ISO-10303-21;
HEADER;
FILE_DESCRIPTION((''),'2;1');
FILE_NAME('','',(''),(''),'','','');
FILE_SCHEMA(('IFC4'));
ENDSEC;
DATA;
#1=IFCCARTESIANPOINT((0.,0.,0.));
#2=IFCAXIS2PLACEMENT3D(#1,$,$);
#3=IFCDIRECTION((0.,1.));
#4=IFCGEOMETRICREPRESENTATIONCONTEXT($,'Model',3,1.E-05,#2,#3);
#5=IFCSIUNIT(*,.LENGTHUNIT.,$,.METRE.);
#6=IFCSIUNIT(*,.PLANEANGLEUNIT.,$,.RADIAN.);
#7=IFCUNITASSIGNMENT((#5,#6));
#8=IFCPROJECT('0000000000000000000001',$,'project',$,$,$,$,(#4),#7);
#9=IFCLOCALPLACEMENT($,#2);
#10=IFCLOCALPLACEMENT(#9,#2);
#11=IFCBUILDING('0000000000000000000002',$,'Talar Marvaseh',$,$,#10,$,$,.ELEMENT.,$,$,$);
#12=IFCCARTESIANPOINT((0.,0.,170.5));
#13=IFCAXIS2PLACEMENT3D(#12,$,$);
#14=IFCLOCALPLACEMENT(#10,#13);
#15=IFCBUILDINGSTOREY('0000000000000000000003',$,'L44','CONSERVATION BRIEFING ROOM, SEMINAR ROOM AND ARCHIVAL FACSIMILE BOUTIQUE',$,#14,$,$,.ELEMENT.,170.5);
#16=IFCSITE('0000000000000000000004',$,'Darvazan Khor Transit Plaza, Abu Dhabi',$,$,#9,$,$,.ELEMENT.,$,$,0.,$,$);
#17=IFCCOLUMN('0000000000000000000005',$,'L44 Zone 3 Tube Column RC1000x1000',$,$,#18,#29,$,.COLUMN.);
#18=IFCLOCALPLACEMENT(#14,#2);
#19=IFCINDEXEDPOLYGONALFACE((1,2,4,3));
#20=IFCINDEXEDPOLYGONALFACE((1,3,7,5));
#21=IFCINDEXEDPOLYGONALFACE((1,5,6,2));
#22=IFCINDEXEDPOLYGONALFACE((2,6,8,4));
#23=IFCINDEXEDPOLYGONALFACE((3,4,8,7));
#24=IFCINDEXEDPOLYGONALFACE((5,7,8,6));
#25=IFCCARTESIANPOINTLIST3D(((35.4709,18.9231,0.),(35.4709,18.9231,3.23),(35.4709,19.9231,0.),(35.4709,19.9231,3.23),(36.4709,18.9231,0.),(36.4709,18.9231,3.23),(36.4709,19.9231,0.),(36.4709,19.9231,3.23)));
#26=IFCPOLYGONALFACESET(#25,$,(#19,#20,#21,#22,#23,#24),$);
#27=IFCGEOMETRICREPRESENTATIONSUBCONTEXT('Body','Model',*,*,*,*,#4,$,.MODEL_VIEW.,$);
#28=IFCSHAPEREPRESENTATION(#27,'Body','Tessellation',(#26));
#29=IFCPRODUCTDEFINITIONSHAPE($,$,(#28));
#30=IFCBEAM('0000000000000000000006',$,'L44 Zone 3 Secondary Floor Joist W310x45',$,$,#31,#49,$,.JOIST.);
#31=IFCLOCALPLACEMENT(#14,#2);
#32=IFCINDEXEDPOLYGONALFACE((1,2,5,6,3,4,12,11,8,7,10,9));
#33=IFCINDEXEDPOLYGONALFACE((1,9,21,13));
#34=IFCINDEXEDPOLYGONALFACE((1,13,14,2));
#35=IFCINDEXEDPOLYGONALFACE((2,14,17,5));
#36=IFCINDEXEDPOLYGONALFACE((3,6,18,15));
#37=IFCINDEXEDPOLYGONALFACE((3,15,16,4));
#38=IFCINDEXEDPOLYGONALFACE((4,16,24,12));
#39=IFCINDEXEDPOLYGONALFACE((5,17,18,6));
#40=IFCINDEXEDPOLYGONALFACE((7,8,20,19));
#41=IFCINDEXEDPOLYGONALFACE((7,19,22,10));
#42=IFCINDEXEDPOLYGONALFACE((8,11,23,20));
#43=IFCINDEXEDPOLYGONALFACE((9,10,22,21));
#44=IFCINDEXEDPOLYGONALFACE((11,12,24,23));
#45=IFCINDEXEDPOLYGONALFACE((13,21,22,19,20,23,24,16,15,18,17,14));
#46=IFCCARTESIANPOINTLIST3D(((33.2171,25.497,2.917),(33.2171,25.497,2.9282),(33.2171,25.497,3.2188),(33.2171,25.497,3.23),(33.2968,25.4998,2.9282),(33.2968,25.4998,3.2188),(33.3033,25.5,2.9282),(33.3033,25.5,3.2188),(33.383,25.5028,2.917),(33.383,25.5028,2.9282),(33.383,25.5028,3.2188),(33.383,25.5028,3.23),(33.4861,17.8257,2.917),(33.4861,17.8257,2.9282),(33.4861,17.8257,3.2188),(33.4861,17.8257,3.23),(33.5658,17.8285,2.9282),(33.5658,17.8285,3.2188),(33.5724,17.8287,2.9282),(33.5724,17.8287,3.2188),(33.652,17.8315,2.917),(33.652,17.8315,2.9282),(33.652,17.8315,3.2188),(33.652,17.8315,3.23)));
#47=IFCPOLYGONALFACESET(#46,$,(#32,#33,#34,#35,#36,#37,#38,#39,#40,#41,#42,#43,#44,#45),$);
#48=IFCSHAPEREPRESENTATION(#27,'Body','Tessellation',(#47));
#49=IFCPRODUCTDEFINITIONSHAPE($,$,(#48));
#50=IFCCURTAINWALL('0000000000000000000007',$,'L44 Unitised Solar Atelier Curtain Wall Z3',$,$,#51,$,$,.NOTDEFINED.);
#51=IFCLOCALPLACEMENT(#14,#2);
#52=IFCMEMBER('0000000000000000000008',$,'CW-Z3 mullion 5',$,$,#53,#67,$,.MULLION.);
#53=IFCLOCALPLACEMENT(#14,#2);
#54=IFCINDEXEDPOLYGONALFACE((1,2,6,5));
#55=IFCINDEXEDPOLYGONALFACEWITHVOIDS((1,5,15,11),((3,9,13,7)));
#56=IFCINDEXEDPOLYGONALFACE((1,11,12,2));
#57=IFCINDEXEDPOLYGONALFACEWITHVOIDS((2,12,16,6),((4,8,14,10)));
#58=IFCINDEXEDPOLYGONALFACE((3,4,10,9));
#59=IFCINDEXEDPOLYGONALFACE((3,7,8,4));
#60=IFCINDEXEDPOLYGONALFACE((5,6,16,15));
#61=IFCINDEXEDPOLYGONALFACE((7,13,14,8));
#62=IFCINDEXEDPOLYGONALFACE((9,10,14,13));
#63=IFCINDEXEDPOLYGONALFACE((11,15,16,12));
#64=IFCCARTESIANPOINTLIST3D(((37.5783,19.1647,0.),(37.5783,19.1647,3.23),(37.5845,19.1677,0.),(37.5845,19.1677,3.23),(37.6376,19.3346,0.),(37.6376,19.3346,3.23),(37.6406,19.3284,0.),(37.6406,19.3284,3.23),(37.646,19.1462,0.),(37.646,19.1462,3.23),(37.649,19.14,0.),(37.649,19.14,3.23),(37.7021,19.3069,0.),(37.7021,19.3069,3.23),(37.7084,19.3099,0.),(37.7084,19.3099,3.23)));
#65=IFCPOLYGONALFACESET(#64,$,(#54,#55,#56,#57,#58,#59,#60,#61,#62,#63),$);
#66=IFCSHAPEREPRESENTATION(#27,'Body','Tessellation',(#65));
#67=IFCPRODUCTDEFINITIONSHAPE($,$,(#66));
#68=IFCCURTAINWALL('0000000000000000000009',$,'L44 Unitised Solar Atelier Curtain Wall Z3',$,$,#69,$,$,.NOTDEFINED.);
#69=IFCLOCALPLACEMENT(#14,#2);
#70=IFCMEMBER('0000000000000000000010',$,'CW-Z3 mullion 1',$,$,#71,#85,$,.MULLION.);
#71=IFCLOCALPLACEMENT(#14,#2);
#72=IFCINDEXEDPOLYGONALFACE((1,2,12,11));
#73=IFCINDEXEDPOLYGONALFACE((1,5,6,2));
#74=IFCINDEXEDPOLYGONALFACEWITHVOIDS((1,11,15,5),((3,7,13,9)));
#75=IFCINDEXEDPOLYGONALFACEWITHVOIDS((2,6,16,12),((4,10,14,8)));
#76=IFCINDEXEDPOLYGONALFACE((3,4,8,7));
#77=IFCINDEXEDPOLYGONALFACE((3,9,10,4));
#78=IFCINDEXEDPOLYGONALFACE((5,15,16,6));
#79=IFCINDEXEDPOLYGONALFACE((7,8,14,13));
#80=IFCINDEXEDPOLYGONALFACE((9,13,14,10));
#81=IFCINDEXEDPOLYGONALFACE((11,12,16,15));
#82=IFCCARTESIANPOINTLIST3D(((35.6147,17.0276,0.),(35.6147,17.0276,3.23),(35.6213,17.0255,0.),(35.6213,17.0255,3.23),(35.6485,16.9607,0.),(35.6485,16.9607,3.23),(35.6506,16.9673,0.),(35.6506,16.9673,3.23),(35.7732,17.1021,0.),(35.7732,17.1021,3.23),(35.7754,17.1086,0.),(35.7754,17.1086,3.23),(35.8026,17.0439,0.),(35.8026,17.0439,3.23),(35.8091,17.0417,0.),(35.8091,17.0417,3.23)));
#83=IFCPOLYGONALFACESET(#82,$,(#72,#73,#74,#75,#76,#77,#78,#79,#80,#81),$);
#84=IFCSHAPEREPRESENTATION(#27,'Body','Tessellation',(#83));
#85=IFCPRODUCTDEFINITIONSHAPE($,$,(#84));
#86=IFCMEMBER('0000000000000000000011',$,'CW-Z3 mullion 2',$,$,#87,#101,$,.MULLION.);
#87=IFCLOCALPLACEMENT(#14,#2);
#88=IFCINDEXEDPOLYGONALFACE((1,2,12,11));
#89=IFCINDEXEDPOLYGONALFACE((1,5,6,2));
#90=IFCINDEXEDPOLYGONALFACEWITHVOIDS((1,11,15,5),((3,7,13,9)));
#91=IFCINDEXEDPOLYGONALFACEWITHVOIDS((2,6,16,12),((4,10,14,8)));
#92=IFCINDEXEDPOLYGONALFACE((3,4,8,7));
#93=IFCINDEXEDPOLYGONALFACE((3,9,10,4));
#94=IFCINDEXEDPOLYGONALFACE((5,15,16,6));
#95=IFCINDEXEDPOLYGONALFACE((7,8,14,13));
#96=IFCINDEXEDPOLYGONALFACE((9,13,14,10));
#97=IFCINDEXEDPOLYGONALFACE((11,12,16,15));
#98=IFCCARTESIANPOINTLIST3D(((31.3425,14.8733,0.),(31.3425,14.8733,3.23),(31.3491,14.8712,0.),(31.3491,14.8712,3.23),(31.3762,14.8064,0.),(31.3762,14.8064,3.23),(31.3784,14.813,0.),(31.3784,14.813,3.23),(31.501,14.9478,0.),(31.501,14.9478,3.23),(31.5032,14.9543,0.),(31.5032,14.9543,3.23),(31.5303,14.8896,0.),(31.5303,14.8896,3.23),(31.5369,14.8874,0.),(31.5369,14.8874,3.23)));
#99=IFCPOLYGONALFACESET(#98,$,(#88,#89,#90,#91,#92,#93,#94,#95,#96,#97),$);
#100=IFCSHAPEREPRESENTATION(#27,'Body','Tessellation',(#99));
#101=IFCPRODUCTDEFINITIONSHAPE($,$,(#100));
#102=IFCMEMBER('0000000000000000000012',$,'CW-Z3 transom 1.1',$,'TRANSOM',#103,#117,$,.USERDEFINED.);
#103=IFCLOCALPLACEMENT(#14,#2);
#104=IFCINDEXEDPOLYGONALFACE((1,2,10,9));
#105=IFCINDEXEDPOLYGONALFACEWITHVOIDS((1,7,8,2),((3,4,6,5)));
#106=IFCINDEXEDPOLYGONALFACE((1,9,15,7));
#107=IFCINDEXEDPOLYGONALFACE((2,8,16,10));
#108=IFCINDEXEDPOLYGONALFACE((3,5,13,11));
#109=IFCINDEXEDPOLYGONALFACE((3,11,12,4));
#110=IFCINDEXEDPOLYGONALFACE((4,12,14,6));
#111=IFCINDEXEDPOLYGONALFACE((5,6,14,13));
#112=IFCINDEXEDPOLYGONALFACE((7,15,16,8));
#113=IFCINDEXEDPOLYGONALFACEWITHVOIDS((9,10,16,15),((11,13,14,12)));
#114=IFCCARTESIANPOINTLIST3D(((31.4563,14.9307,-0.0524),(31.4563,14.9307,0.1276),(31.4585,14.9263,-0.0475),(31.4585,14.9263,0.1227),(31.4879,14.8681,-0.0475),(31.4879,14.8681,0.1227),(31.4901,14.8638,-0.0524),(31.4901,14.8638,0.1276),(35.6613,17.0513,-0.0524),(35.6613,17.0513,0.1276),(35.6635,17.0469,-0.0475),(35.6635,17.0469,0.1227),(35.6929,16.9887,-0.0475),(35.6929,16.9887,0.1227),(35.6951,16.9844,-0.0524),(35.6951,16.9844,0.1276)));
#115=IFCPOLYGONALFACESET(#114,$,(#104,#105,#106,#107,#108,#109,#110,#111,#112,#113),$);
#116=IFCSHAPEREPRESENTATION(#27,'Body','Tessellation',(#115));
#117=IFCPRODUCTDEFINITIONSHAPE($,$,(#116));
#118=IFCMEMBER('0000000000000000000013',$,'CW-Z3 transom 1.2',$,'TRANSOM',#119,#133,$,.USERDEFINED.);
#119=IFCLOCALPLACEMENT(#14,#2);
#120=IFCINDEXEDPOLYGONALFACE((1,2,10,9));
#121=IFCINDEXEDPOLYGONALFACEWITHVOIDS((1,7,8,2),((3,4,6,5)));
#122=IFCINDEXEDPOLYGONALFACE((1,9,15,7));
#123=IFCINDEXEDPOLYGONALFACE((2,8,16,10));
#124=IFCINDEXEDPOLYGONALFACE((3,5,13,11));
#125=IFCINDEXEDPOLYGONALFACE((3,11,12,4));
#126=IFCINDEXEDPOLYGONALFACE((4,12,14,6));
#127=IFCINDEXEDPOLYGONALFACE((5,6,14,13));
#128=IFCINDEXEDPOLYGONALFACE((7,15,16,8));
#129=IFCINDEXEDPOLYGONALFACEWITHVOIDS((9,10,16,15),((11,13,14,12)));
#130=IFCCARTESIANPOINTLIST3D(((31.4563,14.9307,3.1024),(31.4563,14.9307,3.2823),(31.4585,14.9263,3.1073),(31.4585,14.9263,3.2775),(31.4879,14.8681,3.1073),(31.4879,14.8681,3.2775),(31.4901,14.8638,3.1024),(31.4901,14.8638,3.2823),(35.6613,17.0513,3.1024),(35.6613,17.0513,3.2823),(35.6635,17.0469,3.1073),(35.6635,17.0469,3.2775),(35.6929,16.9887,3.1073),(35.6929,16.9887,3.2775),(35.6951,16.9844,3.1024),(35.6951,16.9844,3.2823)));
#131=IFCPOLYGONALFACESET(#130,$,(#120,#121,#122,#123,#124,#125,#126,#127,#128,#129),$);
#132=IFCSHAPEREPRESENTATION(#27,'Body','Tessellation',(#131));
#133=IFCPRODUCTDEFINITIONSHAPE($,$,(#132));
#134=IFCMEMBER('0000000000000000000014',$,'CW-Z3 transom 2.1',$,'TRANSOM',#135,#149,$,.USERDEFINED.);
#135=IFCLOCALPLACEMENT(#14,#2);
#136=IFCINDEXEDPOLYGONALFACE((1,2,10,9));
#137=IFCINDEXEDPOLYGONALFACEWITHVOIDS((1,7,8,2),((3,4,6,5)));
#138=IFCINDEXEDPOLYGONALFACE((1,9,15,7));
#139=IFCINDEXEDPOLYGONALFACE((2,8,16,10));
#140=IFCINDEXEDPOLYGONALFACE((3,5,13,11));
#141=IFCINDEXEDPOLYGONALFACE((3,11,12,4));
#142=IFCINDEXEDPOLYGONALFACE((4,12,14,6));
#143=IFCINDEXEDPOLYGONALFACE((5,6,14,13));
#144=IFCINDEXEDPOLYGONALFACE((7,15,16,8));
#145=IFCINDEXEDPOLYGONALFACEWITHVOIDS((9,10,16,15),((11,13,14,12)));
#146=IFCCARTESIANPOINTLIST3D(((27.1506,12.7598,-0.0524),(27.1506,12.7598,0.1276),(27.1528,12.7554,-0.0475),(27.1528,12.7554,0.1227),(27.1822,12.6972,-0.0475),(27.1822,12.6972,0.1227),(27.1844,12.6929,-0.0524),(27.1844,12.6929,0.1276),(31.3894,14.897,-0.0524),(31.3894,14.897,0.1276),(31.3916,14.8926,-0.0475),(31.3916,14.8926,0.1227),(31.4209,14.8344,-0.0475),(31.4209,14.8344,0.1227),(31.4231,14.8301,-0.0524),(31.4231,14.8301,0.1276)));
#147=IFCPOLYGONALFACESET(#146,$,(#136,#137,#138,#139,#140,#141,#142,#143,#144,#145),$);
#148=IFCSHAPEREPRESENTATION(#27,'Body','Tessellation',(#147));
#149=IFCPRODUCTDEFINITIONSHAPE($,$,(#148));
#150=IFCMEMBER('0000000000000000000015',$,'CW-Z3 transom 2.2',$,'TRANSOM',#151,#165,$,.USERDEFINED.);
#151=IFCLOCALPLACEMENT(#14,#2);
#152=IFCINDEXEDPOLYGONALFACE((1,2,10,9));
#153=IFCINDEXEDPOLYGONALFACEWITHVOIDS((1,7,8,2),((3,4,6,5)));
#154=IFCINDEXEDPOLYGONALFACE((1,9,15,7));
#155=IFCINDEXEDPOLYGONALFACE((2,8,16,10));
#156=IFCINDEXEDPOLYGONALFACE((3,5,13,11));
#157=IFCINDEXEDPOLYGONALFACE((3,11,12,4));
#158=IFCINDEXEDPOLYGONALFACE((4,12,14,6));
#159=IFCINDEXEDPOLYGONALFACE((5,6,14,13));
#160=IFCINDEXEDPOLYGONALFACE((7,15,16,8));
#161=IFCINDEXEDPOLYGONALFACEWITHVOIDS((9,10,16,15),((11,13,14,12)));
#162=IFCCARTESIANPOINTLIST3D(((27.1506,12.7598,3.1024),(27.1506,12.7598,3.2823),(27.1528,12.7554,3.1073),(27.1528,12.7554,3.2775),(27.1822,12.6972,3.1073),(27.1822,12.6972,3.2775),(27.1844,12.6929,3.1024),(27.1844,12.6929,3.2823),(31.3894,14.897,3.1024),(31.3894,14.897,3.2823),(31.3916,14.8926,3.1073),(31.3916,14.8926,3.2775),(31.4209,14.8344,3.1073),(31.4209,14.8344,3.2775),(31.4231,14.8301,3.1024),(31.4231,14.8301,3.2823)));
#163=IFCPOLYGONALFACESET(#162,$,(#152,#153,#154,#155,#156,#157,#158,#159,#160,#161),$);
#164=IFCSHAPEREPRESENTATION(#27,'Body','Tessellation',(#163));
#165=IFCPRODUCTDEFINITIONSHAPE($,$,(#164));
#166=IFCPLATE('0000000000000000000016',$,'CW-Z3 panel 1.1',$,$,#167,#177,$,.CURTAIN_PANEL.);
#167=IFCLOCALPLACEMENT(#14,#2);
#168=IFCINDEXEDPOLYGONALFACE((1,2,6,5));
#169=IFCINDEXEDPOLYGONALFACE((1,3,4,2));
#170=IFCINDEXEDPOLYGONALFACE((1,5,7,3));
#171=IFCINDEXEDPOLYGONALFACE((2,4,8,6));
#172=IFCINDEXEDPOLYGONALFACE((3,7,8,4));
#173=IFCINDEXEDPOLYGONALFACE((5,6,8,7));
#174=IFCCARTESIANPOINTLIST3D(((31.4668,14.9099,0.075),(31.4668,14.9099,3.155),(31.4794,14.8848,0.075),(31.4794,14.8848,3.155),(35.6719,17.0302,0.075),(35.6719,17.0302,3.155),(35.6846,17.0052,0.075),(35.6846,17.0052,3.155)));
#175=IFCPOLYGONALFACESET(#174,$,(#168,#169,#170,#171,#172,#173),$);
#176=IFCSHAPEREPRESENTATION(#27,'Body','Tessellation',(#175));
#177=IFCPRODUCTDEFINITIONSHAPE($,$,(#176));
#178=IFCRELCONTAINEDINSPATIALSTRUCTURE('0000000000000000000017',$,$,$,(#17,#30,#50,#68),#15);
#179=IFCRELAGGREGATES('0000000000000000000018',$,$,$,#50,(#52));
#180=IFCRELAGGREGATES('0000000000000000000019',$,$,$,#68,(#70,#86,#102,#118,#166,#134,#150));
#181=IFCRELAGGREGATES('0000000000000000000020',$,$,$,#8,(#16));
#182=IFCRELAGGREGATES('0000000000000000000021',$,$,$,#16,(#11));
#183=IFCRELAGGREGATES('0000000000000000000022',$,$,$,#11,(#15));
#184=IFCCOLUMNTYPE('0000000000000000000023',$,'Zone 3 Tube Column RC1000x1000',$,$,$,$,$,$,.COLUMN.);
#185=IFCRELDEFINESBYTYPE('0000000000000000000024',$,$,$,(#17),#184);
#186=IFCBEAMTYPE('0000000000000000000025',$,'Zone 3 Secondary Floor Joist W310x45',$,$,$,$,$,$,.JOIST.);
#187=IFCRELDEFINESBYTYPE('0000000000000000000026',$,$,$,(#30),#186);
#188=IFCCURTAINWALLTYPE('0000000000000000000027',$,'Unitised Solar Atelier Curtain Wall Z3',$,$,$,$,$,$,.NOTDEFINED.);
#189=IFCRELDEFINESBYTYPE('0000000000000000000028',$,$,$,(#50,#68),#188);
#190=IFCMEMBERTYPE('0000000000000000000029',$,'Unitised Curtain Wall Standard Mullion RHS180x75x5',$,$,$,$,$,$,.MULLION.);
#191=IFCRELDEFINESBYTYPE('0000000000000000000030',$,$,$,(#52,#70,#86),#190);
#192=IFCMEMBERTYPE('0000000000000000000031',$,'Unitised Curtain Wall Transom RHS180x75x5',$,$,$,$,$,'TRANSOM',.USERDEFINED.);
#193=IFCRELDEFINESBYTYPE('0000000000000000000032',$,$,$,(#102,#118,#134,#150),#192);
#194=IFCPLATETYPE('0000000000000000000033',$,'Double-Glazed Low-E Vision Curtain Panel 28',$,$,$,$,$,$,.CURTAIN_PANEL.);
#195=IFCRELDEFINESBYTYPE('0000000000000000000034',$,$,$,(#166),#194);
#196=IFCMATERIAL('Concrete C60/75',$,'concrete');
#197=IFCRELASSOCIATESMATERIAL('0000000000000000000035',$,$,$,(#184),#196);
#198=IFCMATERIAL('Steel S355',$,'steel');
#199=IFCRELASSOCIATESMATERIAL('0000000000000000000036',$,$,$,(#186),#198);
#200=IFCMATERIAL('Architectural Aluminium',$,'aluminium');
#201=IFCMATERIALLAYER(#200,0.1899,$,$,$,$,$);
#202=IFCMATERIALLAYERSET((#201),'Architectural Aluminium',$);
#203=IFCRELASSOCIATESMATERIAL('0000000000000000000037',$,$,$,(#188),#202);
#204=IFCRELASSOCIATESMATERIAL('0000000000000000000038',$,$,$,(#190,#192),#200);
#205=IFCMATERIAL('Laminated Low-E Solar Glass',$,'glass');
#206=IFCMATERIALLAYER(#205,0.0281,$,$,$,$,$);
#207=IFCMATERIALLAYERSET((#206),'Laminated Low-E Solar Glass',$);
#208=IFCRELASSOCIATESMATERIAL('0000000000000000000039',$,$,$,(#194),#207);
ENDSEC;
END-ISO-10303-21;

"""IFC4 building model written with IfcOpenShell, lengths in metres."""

from ifc_helpers import new_model, si_unit, direction, frame, origin, origin_2d, place, context, subcontext, project, spatial, rectangle, hollow_rectangle, i_section, extrude, source, transform, mapped, material, layer, layer_set, material_profile, profile_set, type_object, type_shapes, element, aggregate, save


model = new_model("IFC4")

# Units and contexts
model_context = context("Model", 3, precision=1e-05, world=origin(), true_north=direction((0.0, 1.0)))
body_context = subcontext(model_context, "Body", "Model", "MODEL_VIEW")
ifc_project = project(units=[si_unit("LENGTHUNIT", "METRE"), si_unit("PLANEANGLEUNIT", "RADIAN")], contexts=[model_context])

# Site, building, storey
site_placement = place(None, origin())
site = spatial("IfcSite", under=ifc_project, at=site_placement, Name="Darvazan Khor Transit Plaza, Abu Dhabi", CompositionType="ELEMENT", RefElevation=0.0)
building_placement = place(site_placement, origin())
building = spatial("IfcBuilding", under=site, at=building_placement, Name="Talar Marvaseh", CompositionType="ELEMENT")
storey_placement = place(building_placement, frame((0.0, 0.0, 170.5)))
storey = spatial("IfcBuildingStorey", under=building, at=storey_placement, Name="L44", Description="CONSERVATION BRIEFING ROOM, SEMINAR ROOM AND ARCHIVAL FACSIMILE BOUTIQUE", CompositionType="ELEMENT", Elevation=170.5)

# Column
ifc_material_1 = material(Name="Concrete C60/75", Category="concrete")
ifc_material_profile_1 = material_profile(ifc_material_1, rectangle(XDim=1.0, YDim=1.0, at=origin_2d()), Name="RC1000x1000")
ifc_profile_set_1 = profile_set([ifc_material_profile_1], Name="Concrete C60/75")
column_type = type_object("IfcColumnType", Name="Zone 3 Tube Column RC1000x1000", PredefinedType="COLUMN", material=ifc_profile_set_1)
column_placement = place(storey_placement, frame((35.9709, 19.4231, 0.0), z_axis=(0.0, 0.0, 1.0), x_axis=(1.0, 0.0, 0.0)))
element("IfcColumn", 1, at=column_placement, inside=storey, type_object=column_type, Name="L44 Zone 3 Tube Column RC1000x1000", PredefinedType="COLUMN", context=body_context, shape_type="SweptSolid", body=[
    extrude(rectangle(XDim=1.0, YDim=1.0, at=origin_2d()), origin(), (0.0, 0.0, 1.0), 3.23),
])

# Beam
ifc_material_2 = material(Name="Steel S355", Category="steel")
ifc_material_profile_2 = material_profile(ifc_material_2, i_section(OverallWidth=0.166, OverallDepth=0.313, WebThickness=0.0066, FlangeThickness=0.0112, at=origin_2d()), Name="W310x45")
ifc_profile_set_2 = profile_set([ifc_material_profile_2], Name="Steel S355")
beam_type = type_object("IfcBeamType", Name="Zone 3 Secondary Floor Joist W310x45", PredefinedType="JOIST", material=ifc_profile_set_2)
beam_placement = place(storey_placement, frame((33.5691, 17.8286, 3.0735), z_axis=(-0.035049, 0.999386, 0.0), x_axis=(-0.999386, -0.035049, 0.0)))
element("IfcBeam", 2, at=beam_placement, inside=storey, type_object=beam_type, Name="L44 Zone 3 Secondary Floor Joist W310x45", PredefinedType="JOIST", context=body_context, shape_type="SweptSolid", body=[
    extrude(i_section(OverallWidth=0.166, OverallDepth=0.313, WebThickness=0.0066, FlangeThickness=0.0112, at=origin_2d()), origin(), (0.0, 0.0, 1.0), 7.676),
])

# Curtain wall, member
ifc_material_3 = material(Name="Architectural Aluminium", Category="aluminium")
ifc_layer_1 = layer(ifc_material_3, 0.1899)
ifc_layer_set_1 = layer_set([ifc_layer_1], Name="Architectural Aluminium")
curtain_wall_type = type_object("IfcCurtainWallType", Name="Unitised Solar Atelier Curtain Wall Z3", PredefinedType="NOTDEFINED", material=ifc_layer_set_1)
curtain_wall_1_placement = place(storey_placement, origin())
curtain_wall_1 = element("IfcCurtainWall", 3, at=curtain_wall_1_placement, inside=storey, type_object=curtain_wall_type, Name="L44 Unitised Solar Atelier Curtain Wall Z3", PredefinedType="NOTDEFINED")
ifc_material_profile_3 = material_profile(ifc_material_3, hollow_rectangle(XDim=0.075, YDim=0.1799, WallThickness=0.0049, at=origin_2d()), Name="RHS180x75x5")
ifc_profile_set_3 = profile_set([ifc_material_profile_3], Name="Architectural Aluminium")
member_type_1 = type_object("IfcMemberType", Name="Unitised Curtain Wall Standard Mullion RHS180x75x5", PredefinedType="MULLION", material=ifc_profile_set_3)
shared_shape_1 = source(origin(), body_context, "Body", "SweptSolid", [
    extrude(hollow_rectangle(XDim=0.075, YDim=0.1799, WallThickness=0.0049, at=origin_2d()), origin(), (0.0, 0.0, 1.0), 3.23),
])
type_shapes(member_type_1, [shared_shape_1])
member_1_placement = place(storey_placement, frame((37.6433, 19.2373, 0.0), z_axis=(0.0, 0.0, 1.0), x_axis=(0.944037, -0.329839, 0.0)))
member_1 = element("IfcMember", 4, at=member_1_placement, type_object=member_type_1, Name="CW-Z3 mullion 5", PredefinedType="MULLION", context=body_context, shape_type="MappedRepresentation", body=[
    mapped(shared_shape_1, transform((0.0, 0.0, 0.0), x_axis=(1.0, 0.0, 0.0), y_axis=(0.0, 1.0, 0.0), z_axis=(0.0, 0.0, 1.0), scale=1.0)),
])
aggregate(curtain_wall_1, [member_1])

# Curtain wall, members, plate
curtain_wall_2_placement = place(storey_placement, origin())
curtain_wall_2 = element("IfcCurtainWall", 5, at=curtain_wall_2_placement, inside=storey, type_object=curtain_wall_type, Name="L44 Unitised Solar Atelier Curtain Wall Z3", PredefinedType="NOTDEFINED")
member_2_placement = place(storey_placement, frame((35.7119, 17.0347, 0.0), z_axis=(0.0, 0.0, 1.0), x_axis=(0.450235, -0.89291, 0.0)))
member_2 = element("IfcMember", 6, at=member_2_placement, type_object=member_type_1, Name="CW-Z3 mullion 1", PredefinedType="MULLION", context=body_context, shape_type="MappedRepresentation", body=[
    mapped(shared_shape_1, transform((0.0, 0.0, 0.0), x_axis=(1.0, 0.0, 0.0), y_axis=(0.0, 1.0, 0.0), z_axis=(0.0, 0.0, 1.0), scale=1.0)),
])
member_3_placement = place(storey_placement, frame((31.4397, 14.8804, 0.0), z_axis=(0.0, 0.0, 1.0), x_axis=(0.450235, -0.89291, 0.0)))
member_3 = element("IfcMember", 7, at=member_3_placement, type_object=member_type_1, Name="CW-Z3 mullion 2", PredefinedType="MULLION", context=body_context, shape_type="MappedRepresentation", body=[
    mapped(shared_shape_1, transform((0.0, 0.0, 0.0), x_axis=(1.0, 0.0, 0.0), y_axis=(0.0, 1.0, 0.0), z_axis=(0.0, 0.0, 1.0), scale=1.0)),
])
ifc_material_profile_4 = material_profile(ifc_material_3, hollow_rectangle(XDim=0.075, YDim=0.1799, WallThickness=0.0049, at=origin_2d()), Name="RHS180x75x5")
ifc_profile_set_4 = profile_set([ifc_material_profile_4], Name="Architectural Aluminium")
member_type_2 = type_object("IfcMemberType", Name="Unitised Curtain Wall Transom RHS180x75x5", ElementType="TRANSOM", PredefinedType="USERDEFINED", material=ifc_profile_set_4)
shared_shape_2 = source(origin(), body_context, "Body", "SweptSolid", [
    extrude(hollow_rectangle(XDim=0.075, YDim=0.1799, WallThickness=0.0049, at=origin_2d()), origin(), (0.0, 0.0, 1.0), 4.7095),
])
member_4_placement = place(storey_placement, frame((35.6782, 17.0178, 0.0376), z_axis=(-0.892887, -0.45028, 0.0), x_axis=(0.45028, -0.892887, 0.0)))
member_4 = element("IfcMember", 8, at=member_4_placement, type_object=member_type_2, Name="CW-Z3 transom 1.1", ObjectType="TRANSOM", PredefinedType="USERDEFINED", context=body_context, shape_type="MappedRepresentation", body=[
    mapped(shared_shape_2, transform((0.0, 0.0, 0.0), x_axis=(1.0, 0.0, 0.0), y_axis=(0.0, 1.0, 0.0), z_axis=(0.0, 0.0, 1.0), scale=1.0)),
])
member_5_placement = place(storey_placement, frame((35.6782, 17.0178, 3.1924), z_axis=(-0.892887, -0.45028, 0.0), x_axis=(0.45028, -0.892887, 0.0)))
member_5 = element("IfcMember", 9, at=member_5_placement, type_object=member_type_2, Name="CW-Z3 transom 1.2", ObjectType="TRANSOM", PredefinedType="USERDEFINED", context=body_context, shape_type="MappedRepresentation", body=[
    mapped(shared_shape_2, transform((0.0, 0.0, 0.0), x_axis=(1.0, 0.0, 0.0), y_axis=(0.0, 1.0, 0.0), z_axis=(0.0, 0.0, 1.0), scale=1.0)),
])
shared_shape_3 = source(origin(), body_context, "Body", "SweptSolid", [
    extrude(hollow_rectangle(XDim=0.075, YDim=0.1799, WallThickness=0.0049, at=origin_2d()), origin(), (0.0, 0.0, 1.0), 4.7471),
])
type_shapes(member_type_2, [shared_shape_2, shared_shape_3])
member_6_placement = place(storey_placement, frame((31.4062, 14.8635, 0.0376), z_axis=(-0.89292, -0.450215, 0.0), x_axis=(0.450215, -0.89292, 0.0)))
member_6 = element("IfcMember", 10, at=member_6_placement, type_object=member_type_2, Name="CW-Z3 transom 2.1", ObjectType="TRANSOM", PredefinedType="USERDEFINED", context=body_context, shape_type="MappedRepresentation", body=[
    mapped(shared_shape_3, transform((0.0, 0.0, 0.0), x_axis=(1.0, 0.0, 0.0), y_axis=(0.0, 1.0, 0.0), z_axis=(0.0, 0.0, 1.0), scale=1.0)),
])
member_7_placement = place(storey_placement, frame((31.4062, 14.8635, 3.1924), z_axis=(-0.89292, -0.450215, 0.0), x_axis=(0.450215, -0.89292, 0.0)))
member_7 = element("IfcMember", 11, at=member_7_placement, type_object=member_type_2, Name="CW-Z3 transom 2.2", ObjectType="TRANSOM", PredefinedType="USERDEFINED", context=body_context, shape_type="MappedRepresentation", body=[
    mapped(shared_shape_3, transform((0.0, 0.0, 0.0), x_axis=(1.0, 0.0, 0.0), y_axis=(0.0, 1.0, 0.0), z_axis=(0.0, 0.0, 1.0), scale=1.0)),
])
ifc_material_4 = material(Name="Laminated Low-E Solar Glass", Category="glass")
ifc_layer_2 = layer(ifc_material_4, 0.0281)
ifc_layer_set_2 = layer_set([ifc_layer_2], Name="Laminated Low-E Solar Glass")
plate_type = type_object("IfcPlateType", Name="Double-Glazed Low-E Vision Curtain Panel 28", PredefinedType="CURTAIN_PANEL", material=ifc_layer_set_2)
shared_shape_4 = source(origin(), body_context, "Body", "SweptSolid", [
    extrude(rectangle(XDim=4.7095, YDim=0.0281, at=origin_2d()), origin(), (0.0, 0.0, 1.0), 3.0801),
])
type_shapes(plate_type, [shared_shape_4])
plate_placement = place(storey_placement, frame((33.5757, 15.9575, 0.075), z_axis=(0.0, 0.0, 1.0), x_axis=(-0.89291, -0.450235, 0.0)))
plate = element("IfcPlate", 12, at=plate_placement, type_object=plate_type, Name="CW-Z3 panel 1.1", PredefinedType="CURTAIN_PANEL", context=body_context, shape_type="MappedRepresentation", body=[
    mapped(shared_shape_4, transform((0.0, 0.0, 0.0), x_axis=(1.0, 0.0, 0.0), y_axis=(0.0, 1.0, 0.0), z_axis=(0.0, 0.0, 1.0), scale=1.0)),
])
aggregate(curtain_wall_2, [member_2, member_3, member_4, member_5, plate, member_6, member_7])

save(model, "model.ifc")
